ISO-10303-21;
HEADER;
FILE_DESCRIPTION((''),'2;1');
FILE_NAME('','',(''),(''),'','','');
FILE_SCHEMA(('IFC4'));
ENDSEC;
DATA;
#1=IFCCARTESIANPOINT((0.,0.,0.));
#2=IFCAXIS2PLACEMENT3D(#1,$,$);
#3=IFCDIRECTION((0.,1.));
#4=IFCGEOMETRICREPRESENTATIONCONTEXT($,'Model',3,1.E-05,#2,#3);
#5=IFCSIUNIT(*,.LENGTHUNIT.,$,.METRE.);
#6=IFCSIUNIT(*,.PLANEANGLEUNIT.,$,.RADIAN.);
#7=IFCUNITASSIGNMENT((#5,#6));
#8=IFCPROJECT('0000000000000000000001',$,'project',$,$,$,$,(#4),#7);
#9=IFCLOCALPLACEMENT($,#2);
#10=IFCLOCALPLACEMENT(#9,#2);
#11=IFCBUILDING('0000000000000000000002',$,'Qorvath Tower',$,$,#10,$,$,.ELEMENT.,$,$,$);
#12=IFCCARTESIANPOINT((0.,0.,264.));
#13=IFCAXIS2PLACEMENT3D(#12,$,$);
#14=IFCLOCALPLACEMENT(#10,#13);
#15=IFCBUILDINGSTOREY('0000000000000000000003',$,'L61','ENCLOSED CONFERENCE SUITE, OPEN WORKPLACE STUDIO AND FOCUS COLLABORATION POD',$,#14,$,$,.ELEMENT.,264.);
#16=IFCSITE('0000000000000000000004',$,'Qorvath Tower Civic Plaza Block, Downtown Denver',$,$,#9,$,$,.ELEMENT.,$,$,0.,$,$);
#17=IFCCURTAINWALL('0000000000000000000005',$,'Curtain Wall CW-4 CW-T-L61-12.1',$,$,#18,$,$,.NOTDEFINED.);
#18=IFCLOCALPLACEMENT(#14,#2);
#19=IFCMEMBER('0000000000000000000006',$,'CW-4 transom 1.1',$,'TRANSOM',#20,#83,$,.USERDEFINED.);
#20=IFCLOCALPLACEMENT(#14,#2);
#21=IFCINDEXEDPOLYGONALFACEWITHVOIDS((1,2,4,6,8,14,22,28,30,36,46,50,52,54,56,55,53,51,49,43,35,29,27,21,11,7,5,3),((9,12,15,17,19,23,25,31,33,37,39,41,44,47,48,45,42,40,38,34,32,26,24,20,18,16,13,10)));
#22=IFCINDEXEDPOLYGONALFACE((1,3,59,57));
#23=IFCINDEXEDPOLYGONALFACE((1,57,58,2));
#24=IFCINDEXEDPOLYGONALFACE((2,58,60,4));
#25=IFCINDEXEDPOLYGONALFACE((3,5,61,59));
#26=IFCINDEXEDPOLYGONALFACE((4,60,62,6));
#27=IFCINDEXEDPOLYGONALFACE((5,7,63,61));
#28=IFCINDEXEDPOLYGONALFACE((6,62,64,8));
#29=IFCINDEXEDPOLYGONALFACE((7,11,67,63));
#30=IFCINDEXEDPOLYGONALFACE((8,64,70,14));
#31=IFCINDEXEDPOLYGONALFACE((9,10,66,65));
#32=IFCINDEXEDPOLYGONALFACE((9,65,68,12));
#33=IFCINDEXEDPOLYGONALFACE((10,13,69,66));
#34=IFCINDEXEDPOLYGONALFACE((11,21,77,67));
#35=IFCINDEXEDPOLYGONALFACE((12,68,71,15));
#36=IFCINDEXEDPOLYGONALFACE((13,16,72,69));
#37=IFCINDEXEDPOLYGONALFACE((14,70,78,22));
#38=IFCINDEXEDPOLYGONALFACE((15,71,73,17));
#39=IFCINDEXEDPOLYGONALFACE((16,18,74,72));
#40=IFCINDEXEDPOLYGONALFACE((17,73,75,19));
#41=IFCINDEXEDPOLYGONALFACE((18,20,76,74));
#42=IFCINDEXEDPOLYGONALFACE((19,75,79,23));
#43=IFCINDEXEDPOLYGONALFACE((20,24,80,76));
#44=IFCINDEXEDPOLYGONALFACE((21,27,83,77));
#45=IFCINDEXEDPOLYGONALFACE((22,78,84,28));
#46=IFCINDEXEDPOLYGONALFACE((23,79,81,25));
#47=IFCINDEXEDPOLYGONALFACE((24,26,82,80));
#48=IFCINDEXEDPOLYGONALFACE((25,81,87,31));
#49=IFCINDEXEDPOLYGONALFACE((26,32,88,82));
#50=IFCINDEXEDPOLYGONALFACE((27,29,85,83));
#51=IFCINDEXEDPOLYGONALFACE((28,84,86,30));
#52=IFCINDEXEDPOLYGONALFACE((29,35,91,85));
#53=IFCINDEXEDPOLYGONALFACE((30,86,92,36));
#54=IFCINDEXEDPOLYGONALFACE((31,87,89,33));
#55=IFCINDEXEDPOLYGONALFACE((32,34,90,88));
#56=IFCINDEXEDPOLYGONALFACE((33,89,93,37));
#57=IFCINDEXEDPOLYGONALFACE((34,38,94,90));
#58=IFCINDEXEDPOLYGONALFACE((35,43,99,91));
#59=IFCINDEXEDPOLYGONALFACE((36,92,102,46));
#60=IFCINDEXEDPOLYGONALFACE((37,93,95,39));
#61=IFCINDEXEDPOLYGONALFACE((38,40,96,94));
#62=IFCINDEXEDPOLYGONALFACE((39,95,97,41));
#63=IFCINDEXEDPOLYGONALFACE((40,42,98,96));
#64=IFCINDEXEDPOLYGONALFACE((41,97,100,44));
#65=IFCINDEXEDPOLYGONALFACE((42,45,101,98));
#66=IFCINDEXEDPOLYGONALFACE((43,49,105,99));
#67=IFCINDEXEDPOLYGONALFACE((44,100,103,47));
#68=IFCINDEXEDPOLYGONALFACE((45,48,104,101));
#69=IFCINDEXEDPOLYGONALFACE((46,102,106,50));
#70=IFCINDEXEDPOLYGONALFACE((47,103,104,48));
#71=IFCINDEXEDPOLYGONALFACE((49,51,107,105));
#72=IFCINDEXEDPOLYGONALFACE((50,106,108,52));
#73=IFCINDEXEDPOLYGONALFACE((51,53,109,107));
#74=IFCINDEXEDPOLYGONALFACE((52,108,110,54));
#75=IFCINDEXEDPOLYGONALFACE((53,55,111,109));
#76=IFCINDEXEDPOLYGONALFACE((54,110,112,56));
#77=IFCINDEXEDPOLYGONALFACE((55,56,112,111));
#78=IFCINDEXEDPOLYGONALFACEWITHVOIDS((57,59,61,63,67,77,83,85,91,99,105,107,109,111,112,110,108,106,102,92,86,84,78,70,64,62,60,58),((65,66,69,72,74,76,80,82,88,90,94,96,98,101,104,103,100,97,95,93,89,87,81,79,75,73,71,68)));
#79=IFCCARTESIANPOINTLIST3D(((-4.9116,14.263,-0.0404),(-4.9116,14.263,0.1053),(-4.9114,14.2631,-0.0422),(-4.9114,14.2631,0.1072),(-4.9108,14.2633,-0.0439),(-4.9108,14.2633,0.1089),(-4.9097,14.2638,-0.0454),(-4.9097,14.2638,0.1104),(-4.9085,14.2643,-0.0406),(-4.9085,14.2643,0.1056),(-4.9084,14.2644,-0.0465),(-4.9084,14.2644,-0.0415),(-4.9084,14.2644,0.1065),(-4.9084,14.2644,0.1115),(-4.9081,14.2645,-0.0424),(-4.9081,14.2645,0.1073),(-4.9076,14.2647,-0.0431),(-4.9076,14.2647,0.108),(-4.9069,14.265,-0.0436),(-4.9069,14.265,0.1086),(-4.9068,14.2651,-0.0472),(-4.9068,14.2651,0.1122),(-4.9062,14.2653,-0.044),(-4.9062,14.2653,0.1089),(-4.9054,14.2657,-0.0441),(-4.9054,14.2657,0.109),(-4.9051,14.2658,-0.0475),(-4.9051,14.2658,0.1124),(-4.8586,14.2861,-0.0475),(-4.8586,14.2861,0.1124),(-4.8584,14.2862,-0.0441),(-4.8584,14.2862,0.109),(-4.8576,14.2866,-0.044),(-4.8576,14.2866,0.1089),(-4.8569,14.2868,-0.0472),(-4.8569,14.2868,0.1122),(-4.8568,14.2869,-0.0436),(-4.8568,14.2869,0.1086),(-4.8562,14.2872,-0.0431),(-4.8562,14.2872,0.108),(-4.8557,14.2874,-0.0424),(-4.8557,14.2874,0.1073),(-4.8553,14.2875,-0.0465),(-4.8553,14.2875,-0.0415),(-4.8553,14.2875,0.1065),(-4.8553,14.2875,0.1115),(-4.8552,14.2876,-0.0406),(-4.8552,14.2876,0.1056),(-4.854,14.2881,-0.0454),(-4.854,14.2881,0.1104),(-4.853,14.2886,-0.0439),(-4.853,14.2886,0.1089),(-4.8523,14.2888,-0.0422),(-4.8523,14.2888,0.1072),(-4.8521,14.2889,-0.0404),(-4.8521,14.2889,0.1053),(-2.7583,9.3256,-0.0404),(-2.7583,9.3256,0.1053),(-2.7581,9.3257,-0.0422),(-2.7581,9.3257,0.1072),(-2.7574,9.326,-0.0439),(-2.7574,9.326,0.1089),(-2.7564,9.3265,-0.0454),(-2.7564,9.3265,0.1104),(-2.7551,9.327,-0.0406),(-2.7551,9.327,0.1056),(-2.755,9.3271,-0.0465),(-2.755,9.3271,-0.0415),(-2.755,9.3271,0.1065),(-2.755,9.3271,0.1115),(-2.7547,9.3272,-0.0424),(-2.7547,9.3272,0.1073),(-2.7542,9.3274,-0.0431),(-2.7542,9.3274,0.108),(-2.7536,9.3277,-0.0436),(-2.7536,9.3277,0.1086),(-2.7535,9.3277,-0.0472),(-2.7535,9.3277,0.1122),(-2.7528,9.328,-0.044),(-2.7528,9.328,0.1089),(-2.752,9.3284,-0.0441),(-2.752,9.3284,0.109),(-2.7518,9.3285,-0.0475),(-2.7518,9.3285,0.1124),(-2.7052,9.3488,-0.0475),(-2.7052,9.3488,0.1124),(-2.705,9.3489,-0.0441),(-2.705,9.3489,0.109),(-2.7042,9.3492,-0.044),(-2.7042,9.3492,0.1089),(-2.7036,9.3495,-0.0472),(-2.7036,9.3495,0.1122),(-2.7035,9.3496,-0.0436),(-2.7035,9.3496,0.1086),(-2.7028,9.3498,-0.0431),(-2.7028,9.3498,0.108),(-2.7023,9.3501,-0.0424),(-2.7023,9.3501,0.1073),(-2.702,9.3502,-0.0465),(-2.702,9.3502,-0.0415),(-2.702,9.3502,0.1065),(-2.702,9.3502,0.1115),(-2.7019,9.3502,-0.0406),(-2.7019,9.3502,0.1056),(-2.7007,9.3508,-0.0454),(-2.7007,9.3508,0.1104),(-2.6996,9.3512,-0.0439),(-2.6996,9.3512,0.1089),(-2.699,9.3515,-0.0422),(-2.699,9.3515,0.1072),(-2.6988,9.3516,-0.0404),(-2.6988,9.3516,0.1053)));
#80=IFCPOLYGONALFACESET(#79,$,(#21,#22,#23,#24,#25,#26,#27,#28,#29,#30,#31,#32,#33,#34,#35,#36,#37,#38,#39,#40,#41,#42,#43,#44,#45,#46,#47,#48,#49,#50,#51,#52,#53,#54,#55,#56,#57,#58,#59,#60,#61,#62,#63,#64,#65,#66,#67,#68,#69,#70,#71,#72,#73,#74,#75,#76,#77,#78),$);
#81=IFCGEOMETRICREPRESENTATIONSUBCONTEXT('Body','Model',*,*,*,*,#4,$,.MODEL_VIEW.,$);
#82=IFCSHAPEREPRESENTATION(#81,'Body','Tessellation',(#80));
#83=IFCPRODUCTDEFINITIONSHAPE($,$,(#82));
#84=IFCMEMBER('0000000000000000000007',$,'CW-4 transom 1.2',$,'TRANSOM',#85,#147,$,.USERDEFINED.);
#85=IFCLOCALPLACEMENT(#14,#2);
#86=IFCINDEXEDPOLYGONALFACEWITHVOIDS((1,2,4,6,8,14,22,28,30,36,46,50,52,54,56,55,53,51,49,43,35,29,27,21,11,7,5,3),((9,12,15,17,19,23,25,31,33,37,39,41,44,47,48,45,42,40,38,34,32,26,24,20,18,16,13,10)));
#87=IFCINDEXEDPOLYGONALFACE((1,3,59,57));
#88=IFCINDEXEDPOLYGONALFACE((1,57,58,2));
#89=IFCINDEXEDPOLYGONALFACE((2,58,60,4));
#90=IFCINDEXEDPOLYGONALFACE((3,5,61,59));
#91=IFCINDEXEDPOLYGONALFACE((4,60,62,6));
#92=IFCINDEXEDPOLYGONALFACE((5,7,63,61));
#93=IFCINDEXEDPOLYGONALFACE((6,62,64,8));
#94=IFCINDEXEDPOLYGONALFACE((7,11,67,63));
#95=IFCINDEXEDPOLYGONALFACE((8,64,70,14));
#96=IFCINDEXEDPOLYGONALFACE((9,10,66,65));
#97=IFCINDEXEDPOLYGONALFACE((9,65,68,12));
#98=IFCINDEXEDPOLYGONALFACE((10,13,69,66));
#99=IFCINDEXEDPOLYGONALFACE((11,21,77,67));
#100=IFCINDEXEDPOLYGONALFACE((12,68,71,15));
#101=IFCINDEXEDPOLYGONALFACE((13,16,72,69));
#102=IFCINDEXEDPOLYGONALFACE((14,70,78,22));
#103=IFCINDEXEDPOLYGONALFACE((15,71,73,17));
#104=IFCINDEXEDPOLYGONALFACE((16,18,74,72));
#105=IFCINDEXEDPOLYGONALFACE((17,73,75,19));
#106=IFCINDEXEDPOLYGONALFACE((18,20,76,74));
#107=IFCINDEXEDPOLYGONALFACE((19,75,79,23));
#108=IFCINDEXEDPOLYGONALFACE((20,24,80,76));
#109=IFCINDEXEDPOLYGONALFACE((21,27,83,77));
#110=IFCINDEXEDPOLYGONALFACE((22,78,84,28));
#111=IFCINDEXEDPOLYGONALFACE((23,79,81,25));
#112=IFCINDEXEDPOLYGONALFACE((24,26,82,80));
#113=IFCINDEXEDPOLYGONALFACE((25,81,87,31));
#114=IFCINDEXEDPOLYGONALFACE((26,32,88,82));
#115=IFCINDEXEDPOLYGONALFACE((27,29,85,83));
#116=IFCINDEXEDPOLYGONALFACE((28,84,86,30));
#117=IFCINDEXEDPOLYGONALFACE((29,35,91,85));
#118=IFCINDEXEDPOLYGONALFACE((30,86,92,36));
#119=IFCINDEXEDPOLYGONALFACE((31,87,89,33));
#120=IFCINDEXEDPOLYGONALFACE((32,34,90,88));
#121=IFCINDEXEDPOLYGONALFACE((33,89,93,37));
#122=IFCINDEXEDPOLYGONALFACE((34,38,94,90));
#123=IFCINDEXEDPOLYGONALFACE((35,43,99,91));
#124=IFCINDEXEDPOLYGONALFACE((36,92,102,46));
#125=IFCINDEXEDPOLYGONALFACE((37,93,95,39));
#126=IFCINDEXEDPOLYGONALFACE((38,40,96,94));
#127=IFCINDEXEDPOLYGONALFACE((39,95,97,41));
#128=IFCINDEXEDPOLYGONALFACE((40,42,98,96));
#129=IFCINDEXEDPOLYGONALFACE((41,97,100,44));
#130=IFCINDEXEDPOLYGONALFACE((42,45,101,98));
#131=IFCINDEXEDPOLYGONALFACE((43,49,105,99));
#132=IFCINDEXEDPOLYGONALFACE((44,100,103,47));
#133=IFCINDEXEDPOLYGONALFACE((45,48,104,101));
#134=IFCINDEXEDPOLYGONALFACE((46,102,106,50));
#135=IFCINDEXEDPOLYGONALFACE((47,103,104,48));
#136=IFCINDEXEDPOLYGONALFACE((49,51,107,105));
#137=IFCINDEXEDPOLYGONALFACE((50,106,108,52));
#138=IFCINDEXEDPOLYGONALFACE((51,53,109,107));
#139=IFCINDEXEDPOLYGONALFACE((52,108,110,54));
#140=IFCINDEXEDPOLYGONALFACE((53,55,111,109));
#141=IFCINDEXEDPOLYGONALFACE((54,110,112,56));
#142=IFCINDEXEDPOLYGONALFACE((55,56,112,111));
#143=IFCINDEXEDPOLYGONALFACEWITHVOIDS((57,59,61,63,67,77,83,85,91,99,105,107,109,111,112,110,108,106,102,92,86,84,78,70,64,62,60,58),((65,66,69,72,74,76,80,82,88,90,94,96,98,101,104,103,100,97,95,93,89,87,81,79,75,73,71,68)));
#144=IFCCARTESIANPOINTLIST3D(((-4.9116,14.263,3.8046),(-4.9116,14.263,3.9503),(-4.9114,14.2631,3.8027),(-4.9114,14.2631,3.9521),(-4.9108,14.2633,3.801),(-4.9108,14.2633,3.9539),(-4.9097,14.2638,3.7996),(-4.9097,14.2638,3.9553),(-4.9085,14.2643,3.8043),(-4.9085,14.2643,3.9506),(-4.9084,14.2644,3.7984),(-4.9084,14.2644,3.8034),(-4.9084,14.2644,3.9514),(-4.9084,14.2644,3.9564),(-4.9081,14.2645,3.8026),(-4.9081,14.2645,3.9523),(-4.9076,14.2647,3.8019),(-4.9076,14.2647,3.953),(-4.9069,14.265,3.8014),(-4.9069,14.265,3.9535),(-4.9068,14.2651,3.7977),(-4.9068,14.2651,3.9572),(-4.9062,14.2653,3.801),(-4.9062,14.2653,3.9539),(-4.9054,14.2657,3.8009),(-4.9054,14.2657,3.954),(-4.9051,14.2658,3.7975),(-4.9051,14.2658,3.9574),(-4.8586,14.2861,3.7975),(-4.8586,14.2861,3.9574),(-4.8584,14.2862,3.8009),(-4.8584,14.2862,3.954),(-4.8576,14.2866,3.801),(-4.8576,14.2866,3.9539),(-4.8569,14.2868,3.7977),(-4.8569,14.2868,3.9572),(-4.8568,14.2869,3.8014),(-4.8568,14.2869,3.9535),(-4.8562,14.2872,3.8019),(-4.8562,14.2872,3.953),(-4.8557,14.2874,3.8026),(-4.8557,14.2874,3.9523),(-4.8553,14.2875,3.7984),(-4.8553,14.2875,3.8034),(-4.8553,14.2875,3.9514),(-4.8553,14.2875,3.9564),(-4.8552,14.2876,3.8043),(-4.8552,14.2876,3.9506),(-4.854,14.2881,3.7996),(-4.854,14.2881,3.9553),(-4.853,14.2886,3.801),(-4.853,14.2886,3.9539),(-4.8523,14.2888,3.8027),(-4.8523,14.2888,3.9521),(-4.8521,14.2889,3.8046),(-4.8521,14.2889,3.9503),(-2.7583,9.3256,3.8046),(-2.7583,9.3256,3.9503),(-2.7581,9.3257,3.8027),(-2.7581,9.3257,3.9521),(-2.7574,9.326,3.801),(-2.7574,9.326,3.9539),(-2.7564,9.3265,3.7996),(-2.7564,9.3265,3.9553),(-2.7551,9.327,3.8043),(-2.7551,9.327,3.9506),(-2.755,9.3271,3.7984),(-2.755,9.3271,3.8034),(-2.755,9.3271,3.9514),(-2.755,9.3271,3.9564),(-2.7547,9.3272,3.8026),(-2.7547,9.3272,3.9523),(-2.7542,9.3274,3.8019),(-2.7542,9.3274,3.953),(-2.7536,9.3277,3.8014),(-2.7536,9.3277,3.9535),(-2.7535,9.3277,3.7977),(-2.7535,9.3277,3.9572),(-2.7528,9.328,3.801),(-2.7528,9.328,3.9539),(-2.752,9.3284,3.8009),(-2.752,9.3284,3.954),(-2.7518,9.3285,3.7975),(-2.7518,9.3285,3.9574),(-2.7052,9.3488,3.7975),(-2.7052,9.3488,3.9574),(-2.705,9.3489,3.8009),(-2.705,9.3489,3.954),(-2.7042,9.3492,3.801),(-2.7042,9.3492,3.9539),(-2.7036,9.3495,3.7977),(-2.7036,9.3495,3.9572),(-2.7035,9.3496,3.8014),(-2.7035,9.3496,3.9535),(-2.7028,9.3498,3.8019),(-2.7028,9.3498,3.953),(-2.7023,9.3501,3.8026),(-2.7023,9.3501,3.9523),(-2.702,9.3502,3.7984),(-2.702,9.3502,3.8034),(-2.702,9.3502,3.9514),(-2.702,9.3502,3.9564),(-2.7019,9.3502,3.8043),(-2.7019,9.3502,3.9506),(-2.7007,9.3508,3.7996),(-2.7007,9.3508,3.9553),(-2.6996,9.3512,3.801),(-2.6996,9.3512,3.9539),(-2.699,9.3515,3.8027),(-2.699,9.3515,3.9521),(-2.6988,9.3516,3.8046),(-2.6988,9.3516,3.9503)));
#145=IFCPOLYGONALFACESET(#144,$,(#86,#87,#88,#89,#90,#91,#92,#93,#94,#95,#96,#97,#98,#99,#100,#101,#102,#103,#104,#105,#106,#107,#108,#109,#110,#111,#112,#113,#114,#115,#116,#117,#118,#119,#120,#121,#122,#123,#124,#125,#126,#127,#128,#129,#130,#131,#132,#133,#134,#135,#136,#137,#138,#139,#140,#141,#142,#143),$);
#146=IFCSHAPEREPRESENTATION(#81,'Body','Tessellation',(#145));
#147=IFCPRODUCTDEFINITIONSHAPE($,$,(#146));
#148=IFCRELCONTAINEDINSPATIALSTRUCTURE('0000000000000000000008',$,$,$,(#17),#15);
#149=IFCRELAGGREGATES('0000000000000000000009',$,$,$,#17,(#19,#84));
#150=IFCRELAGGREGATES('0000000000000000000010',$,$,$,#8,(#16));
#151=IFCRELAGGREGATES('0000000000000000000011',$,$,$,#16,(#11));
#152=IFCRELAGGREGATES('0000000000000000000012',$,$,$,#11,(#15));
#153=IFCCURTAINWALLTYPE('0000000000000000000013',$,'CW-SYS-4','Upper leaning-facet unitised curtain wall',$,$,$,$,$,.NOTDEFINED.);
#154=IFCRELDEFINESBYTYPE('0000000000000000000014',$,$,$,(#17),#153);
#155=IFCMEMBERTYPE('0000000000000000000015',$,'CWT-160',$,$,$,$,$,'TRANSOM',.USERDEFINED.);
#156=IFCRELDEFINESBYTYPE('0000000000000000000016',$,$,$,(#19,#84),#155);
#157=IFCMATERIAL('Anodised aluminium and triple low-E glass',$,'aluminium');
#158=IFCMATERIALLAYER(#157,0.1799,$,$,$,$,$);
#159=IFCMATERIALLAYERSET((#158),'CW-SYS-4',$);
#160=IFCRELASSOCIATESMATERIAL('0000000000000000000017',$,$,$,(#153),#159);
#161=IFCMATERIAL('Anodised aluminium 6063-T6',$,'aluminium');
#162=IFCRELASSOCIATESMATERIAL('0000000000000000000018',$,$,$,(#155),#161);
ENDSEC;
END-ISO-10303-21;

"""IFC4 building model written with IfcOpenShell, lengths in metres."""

from ifc_helpers import new_model, si_unit, direction, frame, origin, origin_2d, place, context, subcontext, project, spatial, hollow_rectangle, extrude, material, layer, layer_set, material_profile, profile_set, type_object, element, aggregate, save


model = new_model("IFC4")

# Units and contexts
model_context = context("Model", 3, precision=1e-05, world=origin(), true_north=direction((0.0, 1.0)))
body_context = subcontext(model_context, "Body", "Model", "MODEL_VIEW")
ifc_project = project(units=[si_unit("LENGTHUNIT", "METRE"), si_unit("PLANEANGLEUNIT", "RADIAN")], contexts=[model_context])

# Site, building, storey
site_placement = place(None, origin())
site = spatial("IfcSite", under=ifc_project, at=site_placement, Name="Qorvath Tower Civic Plaza Block, Downtown Denver", CompositionType="ELEMENT", RefElevation=0.0)
building_placement = place(site_placement, origin())
building = spatial("IfcBuilding", under=site, at=building_placement, Name="Qorvath Tower", CompositionType="ELEMENT")
storey_placement = place(building_placement, frame((0.0, 0.0, 264.0)))
storey = spatial("IfcBuildingStorey", under=building, at=storey_placement, Name="L61", Description="ENCLOSED CONFERENCE SUITE, OPEN WORKPLACE STUDIO AND FOCUS COLLABORATION POD", CompositionType="ELEMENT", Elevation=264.0)

# Shared definitions
ifc_material_1 = material(Name="Anodised aluminium and triple low-E glass", Category="aluminium")
ifc_layer_1 = layer(ifc_material_1, 0.1799)
ifc_layer_set_1 = layer_set([ifc_layer_1], Name="CW-SYS-4")
curtain_wall_type = type_object("IfcCurtainWallType", Name="CW-SYS-4", Description="Upper leaning-facet unitised curtain wall", PredefinedType="NOTDEFINED", material=ifc_layer_set_1)

# Curtain wall
curtain_wall_1_placement = place(storey_placement, origin())
curtain_wall_1 = element("IfcCurtainWall", 1, at=curtain_wall_1_placement, inside=storey, type_object=curtain_wall_type, Name="Curtain Wall CW-4 CW-T-L61-12.1", PredefinedType="NOTDEFINED")

# Members
ifc_material_2 = material(Name="Anodised aluminium 6063-T6", Category="aluminium")
ifc_material_profile_1 = material_profile(ifc_material_2, hollow_rectangle(XDim=0.0649, YDim=0.1599, WallThickness=0.0034, InnerFilletRadius=0.0034, OuterFilletRadius=0.0071, at=origin_2d()), Name="CWT 160x65")
ifc_profile_set_1 = profile_set([ifc_material_profile_1], Name="Anodised aluminium 6063-T6")
member_type_1 = type_object("IfcMemberType", Name="CWT-160", ElementType="TRANSOM", PredefinedType="USERDEFINED", material=ifc_profile_set_1)
member_1_placement = place(storey_placement, frame((-2.7285, 9.3386, 0.0325), z_axis=(-0.39977, 0.916615, 0.0), x_axis=(-0.916615, -0.39977, 0.0)))
member_1 = element("IfcMember", 2, at=member_1_placement, type_object=member_type_1, Name="CW-4 transom 1.1", ObjectType="TRANSOM", PredefinedType="USERDEFINED", context=body_context, shape_type="SweptSolid", body=[
    extrude(hollow_rectangle(XDim=0.0649, YDim=0.1599, WallThickness=0.0034, InnerFilletRadius=0.0034, OuterFilletRadius=0.0071, at=origin_2d()), origin(), (0.0, 0.0, 1.0), 5.3865),
])
member_2_placement = place(storey_placement, frame((-2.7285, 9.3386, 3.8774), z_axis=(-0.39977, 0.916615, 0.0), x_axis=(-0.916615, -0.39977, 0.0)))
member_2 = element("IfcMember", 3, at=member_2_placement, type_object=member_type_1, Name="CW-4 transom 1.2", ObjectType="TRANSOM", PredefinedType="USERDEFINED", context=body_context, shape_type="SweptSolid", body=[
    extrude(hollow_rectangle(XDim=0.0649, YDim=0.1599, WallThickness=0.0034, InnerFilletRadius=0.0034, OuterFilletRadius=0.0071, at=origin_2d()), origin(), (0.0, 0.0, 1.0), 5.3865),
])

aggregate(curtain_wall_1, [member_1, member_2])

save(model, "model.ifc")
